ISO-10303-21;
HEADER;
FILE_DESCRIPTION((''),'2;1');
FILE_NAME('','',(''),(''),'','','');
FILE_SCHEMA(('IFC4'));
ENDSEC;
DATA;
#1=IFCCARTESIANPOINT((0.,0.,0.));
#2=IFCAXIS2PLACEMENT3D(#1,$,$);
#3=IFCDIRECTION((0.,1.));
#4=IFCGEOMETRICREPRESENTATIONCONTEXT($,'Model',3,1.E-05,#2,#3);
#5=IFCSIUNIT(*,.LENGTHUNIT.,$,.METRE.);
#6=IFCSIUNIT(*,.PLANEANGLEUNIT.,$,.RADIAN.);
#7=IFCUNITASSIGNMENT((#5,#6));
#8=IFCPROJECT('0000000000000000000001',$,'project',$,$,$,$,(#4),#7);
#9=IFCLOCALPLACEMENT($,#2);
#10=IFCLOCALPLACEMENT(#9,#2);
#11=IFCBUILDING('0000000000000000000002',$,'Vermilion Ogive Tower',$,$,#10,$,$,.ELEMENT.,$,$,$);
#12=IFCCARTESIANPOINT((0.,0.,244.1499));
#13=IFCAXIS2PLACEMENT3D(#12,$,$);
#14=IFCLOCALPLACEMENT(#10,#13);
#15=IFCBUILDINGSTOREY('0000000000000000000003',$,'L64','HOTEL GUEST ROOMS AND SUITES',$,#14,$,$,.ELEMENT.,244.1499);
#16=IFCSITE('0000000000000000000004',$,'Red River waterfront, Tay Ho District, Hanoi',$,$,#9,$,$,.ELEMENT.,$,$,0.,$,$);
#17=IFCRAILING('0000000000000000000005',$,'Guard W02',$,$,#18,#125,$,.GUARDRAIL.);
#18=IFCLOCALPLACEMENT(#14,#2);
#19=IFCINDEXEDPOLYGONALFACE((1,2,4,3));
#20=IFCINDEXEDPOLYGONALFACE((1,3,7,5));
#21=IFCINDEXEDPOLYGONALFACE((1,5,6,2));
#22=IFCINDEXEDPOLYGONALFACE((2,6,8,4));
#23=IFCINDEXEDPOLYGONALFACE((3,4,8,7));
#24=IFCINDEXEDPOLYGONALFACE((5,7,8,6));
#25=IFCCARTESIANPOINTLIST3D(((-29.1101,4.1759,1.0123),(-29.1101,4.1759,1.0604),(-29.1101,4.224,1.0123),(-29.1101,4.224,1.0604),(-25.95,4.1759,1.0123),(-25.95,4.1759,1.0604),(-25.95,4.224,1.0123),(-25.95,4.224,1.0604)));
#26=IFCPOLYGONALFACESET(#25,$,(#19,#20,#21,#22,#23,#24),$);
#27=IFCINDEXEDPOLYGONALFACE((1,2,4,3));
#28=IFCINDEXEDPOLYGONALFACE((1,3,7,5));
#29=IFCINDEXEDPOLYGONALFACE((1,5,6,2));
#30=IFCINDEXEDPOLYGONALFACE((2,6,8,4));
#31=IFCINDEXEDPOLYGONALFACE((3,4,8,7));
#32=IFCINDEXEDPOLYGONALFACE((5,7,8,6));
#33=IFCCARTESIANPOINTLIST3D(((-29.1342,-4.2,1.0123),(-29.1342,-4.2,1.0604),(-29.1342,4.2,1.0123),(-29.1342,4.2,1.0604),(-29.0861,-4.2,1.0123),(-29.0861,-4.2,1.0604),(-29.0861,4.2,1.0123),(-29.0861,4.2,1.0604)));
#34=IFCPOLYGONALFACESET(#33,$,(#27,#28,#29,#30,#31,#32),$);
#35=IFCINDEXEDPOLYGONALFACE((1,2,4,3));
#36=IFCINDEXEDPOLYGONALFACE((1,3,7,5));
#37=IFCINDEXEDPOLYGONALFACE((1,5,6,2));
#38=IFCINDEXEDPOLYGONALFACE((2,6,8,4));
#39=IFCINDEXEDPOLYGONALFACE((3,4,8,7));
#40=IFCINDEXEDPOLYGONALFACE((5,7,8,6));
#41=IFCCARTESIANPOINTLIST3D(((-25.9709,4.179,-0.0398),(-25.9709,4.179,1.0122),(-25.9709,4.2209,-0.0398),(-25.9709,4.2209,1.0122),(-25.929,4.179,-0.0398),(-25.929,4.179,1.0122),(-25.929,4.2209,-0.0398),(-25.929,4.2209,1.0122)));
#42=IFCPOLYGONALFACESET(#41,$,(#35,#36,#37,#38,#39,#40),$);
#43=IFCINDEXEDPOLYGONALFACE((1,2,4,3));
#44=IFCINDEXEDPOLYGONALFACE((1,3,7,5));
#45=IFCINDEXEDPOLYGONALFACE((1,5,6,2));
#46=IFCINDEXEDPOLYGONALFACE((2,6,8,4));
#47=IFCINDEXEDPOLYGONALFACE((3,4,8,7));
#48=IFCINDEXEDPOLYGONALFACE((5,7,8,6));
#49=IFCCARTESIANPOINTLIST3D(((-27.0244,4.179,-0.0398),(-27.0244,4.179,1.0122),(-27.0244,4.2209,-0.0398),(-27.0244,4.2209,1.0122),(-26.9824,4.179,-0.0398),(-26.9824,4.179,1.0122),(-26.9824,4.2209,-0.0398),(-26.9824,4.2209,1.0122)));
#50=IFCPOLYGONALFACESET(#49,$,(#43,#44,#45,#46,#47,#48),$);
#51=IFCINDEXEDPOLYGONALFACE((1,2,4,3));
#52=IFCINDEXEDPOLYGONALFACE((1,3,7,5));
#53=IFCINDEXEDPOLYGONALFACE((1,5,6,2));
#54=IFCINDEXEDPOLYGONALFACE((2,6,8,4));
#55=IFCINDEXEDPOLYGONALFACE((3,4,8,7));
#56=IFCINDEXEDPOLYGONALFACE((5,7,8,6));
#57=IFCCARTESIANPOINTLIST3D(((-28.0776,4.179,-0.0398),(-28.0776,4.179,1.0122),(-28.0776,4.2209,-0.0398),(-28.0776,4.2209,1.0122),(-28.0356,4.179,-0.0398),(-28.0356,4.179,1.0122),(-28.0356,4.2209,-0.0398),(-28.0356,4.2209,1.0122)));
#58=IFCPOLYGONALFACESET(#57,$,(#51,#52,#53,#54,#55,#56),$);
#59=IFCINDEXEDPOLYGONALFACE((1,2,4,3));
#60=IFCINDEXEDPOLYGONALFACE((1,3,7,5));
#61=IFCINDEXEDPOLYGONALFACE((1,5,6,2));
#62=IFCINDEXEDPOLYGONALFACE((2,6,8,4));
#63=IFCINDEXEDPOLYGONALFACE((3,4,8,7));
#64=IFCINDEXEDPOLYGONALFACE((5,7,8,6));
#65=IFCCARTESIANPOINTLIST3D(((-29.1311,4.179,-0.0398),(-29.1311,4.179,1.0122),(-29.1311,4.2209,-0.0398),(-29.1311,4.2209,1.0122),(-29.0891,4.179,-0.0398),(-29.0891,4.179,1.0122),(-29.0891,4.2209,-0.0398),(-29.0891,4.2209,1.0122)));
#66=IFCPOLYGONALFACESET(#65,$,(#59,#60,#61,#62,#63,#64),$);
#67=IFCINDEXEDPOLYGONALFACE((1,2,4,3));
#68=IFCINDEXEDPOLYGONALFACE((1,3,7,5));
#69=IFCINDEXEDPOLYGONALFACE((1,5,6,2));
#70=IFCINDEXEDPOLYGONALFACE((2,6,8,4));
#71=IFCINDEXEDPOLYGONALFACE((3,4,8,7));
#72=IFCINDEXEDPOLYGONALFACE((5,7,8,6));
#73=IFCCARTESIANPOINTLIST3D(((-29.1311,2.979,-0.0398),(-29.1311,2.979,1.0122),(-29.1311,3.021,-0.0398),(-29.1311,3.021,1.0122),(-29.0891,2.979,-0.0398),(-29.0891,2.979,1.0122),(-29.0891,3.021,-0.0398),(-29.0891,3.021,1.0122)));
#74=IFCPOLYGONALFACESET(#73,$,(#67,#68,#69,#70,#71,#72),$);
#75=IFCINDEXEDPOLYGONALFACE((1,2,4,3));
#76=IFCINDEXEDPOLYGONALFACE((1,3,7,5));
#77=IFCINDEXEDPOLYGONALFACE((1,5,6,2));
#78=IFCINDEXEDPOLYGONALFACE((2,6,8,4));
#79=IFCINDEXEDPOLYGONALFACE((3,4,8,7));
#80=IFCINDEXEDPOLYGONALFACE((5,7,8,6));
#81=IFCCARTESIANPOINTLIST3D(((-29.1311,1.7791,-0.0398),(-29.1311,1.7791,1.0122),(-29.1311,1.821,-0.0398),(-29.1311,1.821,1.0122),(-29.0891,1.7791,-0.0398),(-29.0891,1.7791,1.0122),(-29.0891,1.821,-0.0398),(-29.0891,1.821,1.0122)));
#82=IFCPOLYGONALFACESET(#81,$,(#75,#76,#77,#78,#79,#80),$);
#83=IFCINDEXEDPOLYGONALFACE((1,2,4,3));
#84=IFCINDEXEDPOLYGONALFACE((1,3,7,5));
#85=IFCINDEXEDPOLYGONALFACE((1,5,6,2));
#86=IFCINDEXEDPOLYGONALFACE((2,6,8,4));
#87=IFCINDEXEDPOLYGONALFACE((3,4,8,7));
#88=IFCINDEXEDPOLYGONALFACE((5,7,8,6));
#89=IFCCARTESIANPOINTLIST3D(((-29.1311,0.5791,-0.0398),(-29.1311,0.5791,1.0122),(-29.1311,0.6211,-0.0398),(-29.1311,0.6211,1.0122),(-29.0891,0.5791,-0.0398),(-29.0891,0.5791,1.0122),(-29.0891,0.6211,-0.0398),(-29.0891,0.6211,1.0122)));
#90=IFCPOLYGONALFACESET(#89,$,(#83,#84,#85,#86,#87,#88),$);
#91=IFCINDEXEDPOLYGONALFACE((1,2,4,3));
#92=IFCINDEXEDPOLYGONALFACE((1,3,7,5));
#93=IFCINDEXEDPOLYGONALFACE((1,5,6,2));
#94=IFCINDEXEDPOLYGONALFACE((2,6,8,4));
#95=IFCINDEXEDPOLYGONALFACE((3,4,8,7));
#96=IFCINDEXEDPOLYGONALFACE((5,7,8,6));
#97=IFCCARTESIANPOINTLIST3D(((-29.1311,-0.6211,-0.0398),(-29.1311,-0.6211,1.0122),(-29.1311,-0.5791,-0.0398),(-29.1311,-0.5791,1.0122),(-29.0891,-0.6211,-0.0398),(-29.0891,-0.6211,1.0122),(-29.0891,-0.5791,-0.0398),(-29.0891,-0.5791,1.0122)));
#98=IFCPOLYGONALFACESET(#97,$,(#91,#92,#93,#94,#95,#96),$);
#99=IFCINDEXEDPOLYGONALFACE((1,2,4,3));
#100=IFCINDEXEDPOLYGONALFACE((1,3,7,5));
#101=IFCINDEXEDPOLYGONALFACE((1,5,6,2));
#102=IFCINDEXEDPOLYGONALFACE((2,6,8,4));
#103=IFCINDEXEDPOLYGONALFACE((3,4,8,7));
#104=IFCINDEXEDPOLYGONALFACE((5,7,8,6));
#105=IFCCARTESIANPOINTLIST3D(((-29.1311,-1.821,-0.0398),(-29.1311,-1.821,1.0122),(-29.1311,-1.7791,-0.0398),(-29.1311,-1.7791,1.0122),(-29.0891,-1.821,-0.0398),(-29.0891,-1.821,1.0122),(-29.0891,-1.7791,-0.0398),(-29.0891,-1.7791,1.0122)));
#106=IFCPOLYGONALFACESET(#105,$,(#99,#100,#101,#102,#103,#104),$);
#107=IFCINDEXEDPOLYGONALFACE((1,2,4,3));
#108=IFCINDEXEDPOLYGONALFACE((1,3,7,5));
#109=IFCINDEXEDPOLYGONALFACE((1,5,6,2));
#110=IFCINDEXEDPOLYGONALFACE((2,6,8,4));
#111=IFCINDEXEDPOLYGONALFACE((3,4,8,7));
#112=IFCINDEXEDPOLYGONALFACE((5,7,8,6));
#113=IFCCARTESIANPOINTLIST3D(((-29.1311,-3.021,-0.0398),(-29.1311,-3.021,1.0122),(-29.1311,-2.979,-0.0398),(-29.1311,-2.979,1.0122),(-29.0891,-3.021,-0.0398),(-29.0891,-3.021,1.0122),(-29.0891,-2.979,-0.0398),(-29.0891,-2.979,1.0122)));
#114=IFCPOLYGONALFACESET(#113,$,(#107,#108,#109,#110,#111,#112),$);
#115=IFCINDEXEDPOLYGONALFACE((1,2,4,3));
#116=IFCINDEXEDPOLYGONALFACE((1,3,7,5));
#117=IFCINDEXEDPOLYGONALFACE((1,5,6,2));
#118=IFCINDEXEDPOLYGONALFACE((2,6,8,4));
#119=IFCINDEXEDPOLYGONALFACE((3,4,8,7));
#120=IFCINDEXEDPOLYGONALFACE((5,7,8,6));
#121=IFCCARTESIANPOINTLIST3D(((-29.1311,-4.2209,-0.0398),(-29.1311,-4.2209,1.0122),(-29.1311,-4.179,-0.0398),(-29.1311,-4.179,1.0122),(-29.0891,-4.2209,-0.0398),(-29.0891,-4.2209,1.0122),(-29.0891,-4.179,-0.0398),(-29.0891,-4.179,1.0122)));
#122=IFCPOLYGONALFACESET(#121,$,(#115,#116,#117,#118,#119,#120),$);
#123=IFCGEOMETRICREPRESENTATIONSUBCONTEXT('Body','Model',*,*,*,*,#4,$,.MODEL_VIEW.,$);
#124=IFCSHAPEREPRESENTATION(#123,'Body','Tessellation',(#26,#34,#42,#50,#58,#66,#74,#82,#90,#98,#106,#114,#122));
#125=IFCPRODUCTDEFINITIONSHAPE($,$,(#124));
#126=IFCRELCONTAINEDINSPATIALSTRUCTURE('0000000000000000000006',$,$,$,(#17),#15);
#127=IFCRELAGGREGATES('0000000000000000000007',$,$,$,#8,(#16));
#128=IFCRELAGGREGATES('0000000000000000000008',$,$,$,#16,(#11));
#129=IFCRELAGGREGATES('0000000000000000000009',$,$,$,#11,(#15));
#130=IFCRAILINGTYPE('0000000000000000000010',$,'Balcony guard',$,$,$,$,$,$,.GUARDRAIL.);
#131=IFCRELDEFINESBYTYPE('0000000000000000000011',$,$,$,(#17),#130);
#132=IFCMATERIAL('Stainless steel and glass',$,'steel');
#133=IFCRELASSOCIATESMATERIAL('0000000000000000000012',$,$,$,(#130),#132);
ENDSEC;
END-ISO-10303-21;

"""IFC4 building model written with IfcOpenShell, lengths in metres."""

from ifc_helpers import new_model, si_unit, direction, frame, origin, origin_2d, place, context, subcontext, project, spatial, rectangle, extrude, material, type_object, element, save


model = new_model("IFC4")

# Units and contexts
model_context = context("Model", 3, precision=1e-05, world=origin(), true_north=direction((0.0, 1.0)))
body_context = subcontext(model_context, "Body", "Model", "MODEL_VIEW")
ifc_project = project(units=[si_unit("LENGTHUNIT", "METRE"), si_unit("PLANEANGLEUNIT", "RADIAN")], contexts=[model_context])

# Site, building, storey
site_placement = place(None, origin())
site = spatial("IfcSite", under=ifc_project, at=site_placement, Name="Red River waterfront, Tay Ho District, Hanoi", CompositionType="ELEMENT", RefElevation=0.0)
building_placement = place(site_placement, origin())
building = spatial("IfcBuilding", under=site, at=building_placement, Name="Vermilion Ogive Tower", CompositionType="ELEMENT")
storey_placement = place(building_placement, frame((0.0, 0.0, 244.1499)))
storey = spatial("IfcBuildingStorey", under=building, at=storey_placement, Name="L64", Description="HOTEL GUEST ROOMS AND SUITES", CompositionType="ELEMENT", Elevation=244.1499)

# Railing
ifc_material_1 = material(Name="Stainless steel and glass", Category="steel")
railing_type_1 = type_object("IfcRailingType", Name="Balcony guard", PredefinedType="GUARDRAIL", material=ifc_material_1)
railing_1_placement = place(storey_placement, frame((-25.95, 4.2, -0.0398)))
element("IfcRailing", 1, at=railing_1_placement, inside=storey, type_object=railing_type_1, Name="Guard W02", PredefinedType="GUARDRAIL", context=body_context, shape_type="SweptSolid", body=[
    extrude(rectangle(XDim=0.0481, YDim=0.0481, at=origin_2d()), frame((0.0, 0.0, 1.0762), z_axis=(-1.0, 0.0, 0.0), x_axis=(0.0, -1.0, 0.0)), (0.0, 0.0, 1.0), 3.1602),
    extrude(rectangle(XDim=0.0481, YDim=0.0481, at=origin_2d()), frame((-3.1602, 0.0, 1.0762), z_axis=(0.0, -1.0, 0.0), x_axis=(1.0, 0.0, 0.0)), (0.0, 0.0, 1.0), 8.3999),
    extrude(rectangle(XDim=0.042, YDim=0.042, at=origin_2d()), origin(), (0.0, 0.0, 1.0), 1.052),
    extrude(rectangle(XDim=0.042, YDim=0.042, at=origin_2d()), frame((-1.0535, 0.0, 0.0)), (0.0, 0.0, 1.0), 1.052),
    extrude(rectangle(XDim=0.042, YDim=0.042, at=origin_2d()), frame((-2.1067, 0.0, 0.0)), (0.0, 0.0, 1.0), 1.052),
    extrude(rectangle(XDim=0.042, YDim=0.042, at=origin_2d()), frame((-3.1602, 0.0, 0.0)), (0.0, 0.0, 1.0), 1.052),
    extrude(rectangle(XDim=0.042, YDim=0.042, at=origin_2d()), frame((-3.1602, -1.2, 0.0)), (0.0, 0.0, 1.0), 1.052),
    extrude(rectangle(XDim=0.042, YDim=0.042, at=origin_2d()), frame((-3.1602, -2.3999, 0.0)), (0.0, 0.0, 1.0), 1.052),
    extrude(rectangle(XDim=0.042, YDim=0.042, at=origin_2d()), frame((-3.1602, -3.5999, 0.0)), (0.0, 0.0, 1.0), 1.052),
    extrude(rectangle(XDim=0.042, YDim=0.042, at=origin_2d()), frame((-3.1602, -4.8, 0.0)), (0.0, 0.0, 1.0), 1.052),
    extrude(rectangle(XDim=0.042, YDim=0.042, at=origin_2d()), frame((-3.1602, -6.0, 0.0)), (0.0, 0.0, 1.0), 1.052),
    extrude(rectangle(XDim=0.042, YDim=0.042, at=origin_2d()), frame((-3.1602, -7.2, 0.0)), (0.0, 0.0, 1.0), 1.052),
    extrude(rectangle(XDim=0.042, YDim=0.042, at=origin_2d()), frame((-3.1602, -8.3999, 0.0)), (0.0, 0.0, 1.0), 1.052),
])

save(model, "model.ifc")
